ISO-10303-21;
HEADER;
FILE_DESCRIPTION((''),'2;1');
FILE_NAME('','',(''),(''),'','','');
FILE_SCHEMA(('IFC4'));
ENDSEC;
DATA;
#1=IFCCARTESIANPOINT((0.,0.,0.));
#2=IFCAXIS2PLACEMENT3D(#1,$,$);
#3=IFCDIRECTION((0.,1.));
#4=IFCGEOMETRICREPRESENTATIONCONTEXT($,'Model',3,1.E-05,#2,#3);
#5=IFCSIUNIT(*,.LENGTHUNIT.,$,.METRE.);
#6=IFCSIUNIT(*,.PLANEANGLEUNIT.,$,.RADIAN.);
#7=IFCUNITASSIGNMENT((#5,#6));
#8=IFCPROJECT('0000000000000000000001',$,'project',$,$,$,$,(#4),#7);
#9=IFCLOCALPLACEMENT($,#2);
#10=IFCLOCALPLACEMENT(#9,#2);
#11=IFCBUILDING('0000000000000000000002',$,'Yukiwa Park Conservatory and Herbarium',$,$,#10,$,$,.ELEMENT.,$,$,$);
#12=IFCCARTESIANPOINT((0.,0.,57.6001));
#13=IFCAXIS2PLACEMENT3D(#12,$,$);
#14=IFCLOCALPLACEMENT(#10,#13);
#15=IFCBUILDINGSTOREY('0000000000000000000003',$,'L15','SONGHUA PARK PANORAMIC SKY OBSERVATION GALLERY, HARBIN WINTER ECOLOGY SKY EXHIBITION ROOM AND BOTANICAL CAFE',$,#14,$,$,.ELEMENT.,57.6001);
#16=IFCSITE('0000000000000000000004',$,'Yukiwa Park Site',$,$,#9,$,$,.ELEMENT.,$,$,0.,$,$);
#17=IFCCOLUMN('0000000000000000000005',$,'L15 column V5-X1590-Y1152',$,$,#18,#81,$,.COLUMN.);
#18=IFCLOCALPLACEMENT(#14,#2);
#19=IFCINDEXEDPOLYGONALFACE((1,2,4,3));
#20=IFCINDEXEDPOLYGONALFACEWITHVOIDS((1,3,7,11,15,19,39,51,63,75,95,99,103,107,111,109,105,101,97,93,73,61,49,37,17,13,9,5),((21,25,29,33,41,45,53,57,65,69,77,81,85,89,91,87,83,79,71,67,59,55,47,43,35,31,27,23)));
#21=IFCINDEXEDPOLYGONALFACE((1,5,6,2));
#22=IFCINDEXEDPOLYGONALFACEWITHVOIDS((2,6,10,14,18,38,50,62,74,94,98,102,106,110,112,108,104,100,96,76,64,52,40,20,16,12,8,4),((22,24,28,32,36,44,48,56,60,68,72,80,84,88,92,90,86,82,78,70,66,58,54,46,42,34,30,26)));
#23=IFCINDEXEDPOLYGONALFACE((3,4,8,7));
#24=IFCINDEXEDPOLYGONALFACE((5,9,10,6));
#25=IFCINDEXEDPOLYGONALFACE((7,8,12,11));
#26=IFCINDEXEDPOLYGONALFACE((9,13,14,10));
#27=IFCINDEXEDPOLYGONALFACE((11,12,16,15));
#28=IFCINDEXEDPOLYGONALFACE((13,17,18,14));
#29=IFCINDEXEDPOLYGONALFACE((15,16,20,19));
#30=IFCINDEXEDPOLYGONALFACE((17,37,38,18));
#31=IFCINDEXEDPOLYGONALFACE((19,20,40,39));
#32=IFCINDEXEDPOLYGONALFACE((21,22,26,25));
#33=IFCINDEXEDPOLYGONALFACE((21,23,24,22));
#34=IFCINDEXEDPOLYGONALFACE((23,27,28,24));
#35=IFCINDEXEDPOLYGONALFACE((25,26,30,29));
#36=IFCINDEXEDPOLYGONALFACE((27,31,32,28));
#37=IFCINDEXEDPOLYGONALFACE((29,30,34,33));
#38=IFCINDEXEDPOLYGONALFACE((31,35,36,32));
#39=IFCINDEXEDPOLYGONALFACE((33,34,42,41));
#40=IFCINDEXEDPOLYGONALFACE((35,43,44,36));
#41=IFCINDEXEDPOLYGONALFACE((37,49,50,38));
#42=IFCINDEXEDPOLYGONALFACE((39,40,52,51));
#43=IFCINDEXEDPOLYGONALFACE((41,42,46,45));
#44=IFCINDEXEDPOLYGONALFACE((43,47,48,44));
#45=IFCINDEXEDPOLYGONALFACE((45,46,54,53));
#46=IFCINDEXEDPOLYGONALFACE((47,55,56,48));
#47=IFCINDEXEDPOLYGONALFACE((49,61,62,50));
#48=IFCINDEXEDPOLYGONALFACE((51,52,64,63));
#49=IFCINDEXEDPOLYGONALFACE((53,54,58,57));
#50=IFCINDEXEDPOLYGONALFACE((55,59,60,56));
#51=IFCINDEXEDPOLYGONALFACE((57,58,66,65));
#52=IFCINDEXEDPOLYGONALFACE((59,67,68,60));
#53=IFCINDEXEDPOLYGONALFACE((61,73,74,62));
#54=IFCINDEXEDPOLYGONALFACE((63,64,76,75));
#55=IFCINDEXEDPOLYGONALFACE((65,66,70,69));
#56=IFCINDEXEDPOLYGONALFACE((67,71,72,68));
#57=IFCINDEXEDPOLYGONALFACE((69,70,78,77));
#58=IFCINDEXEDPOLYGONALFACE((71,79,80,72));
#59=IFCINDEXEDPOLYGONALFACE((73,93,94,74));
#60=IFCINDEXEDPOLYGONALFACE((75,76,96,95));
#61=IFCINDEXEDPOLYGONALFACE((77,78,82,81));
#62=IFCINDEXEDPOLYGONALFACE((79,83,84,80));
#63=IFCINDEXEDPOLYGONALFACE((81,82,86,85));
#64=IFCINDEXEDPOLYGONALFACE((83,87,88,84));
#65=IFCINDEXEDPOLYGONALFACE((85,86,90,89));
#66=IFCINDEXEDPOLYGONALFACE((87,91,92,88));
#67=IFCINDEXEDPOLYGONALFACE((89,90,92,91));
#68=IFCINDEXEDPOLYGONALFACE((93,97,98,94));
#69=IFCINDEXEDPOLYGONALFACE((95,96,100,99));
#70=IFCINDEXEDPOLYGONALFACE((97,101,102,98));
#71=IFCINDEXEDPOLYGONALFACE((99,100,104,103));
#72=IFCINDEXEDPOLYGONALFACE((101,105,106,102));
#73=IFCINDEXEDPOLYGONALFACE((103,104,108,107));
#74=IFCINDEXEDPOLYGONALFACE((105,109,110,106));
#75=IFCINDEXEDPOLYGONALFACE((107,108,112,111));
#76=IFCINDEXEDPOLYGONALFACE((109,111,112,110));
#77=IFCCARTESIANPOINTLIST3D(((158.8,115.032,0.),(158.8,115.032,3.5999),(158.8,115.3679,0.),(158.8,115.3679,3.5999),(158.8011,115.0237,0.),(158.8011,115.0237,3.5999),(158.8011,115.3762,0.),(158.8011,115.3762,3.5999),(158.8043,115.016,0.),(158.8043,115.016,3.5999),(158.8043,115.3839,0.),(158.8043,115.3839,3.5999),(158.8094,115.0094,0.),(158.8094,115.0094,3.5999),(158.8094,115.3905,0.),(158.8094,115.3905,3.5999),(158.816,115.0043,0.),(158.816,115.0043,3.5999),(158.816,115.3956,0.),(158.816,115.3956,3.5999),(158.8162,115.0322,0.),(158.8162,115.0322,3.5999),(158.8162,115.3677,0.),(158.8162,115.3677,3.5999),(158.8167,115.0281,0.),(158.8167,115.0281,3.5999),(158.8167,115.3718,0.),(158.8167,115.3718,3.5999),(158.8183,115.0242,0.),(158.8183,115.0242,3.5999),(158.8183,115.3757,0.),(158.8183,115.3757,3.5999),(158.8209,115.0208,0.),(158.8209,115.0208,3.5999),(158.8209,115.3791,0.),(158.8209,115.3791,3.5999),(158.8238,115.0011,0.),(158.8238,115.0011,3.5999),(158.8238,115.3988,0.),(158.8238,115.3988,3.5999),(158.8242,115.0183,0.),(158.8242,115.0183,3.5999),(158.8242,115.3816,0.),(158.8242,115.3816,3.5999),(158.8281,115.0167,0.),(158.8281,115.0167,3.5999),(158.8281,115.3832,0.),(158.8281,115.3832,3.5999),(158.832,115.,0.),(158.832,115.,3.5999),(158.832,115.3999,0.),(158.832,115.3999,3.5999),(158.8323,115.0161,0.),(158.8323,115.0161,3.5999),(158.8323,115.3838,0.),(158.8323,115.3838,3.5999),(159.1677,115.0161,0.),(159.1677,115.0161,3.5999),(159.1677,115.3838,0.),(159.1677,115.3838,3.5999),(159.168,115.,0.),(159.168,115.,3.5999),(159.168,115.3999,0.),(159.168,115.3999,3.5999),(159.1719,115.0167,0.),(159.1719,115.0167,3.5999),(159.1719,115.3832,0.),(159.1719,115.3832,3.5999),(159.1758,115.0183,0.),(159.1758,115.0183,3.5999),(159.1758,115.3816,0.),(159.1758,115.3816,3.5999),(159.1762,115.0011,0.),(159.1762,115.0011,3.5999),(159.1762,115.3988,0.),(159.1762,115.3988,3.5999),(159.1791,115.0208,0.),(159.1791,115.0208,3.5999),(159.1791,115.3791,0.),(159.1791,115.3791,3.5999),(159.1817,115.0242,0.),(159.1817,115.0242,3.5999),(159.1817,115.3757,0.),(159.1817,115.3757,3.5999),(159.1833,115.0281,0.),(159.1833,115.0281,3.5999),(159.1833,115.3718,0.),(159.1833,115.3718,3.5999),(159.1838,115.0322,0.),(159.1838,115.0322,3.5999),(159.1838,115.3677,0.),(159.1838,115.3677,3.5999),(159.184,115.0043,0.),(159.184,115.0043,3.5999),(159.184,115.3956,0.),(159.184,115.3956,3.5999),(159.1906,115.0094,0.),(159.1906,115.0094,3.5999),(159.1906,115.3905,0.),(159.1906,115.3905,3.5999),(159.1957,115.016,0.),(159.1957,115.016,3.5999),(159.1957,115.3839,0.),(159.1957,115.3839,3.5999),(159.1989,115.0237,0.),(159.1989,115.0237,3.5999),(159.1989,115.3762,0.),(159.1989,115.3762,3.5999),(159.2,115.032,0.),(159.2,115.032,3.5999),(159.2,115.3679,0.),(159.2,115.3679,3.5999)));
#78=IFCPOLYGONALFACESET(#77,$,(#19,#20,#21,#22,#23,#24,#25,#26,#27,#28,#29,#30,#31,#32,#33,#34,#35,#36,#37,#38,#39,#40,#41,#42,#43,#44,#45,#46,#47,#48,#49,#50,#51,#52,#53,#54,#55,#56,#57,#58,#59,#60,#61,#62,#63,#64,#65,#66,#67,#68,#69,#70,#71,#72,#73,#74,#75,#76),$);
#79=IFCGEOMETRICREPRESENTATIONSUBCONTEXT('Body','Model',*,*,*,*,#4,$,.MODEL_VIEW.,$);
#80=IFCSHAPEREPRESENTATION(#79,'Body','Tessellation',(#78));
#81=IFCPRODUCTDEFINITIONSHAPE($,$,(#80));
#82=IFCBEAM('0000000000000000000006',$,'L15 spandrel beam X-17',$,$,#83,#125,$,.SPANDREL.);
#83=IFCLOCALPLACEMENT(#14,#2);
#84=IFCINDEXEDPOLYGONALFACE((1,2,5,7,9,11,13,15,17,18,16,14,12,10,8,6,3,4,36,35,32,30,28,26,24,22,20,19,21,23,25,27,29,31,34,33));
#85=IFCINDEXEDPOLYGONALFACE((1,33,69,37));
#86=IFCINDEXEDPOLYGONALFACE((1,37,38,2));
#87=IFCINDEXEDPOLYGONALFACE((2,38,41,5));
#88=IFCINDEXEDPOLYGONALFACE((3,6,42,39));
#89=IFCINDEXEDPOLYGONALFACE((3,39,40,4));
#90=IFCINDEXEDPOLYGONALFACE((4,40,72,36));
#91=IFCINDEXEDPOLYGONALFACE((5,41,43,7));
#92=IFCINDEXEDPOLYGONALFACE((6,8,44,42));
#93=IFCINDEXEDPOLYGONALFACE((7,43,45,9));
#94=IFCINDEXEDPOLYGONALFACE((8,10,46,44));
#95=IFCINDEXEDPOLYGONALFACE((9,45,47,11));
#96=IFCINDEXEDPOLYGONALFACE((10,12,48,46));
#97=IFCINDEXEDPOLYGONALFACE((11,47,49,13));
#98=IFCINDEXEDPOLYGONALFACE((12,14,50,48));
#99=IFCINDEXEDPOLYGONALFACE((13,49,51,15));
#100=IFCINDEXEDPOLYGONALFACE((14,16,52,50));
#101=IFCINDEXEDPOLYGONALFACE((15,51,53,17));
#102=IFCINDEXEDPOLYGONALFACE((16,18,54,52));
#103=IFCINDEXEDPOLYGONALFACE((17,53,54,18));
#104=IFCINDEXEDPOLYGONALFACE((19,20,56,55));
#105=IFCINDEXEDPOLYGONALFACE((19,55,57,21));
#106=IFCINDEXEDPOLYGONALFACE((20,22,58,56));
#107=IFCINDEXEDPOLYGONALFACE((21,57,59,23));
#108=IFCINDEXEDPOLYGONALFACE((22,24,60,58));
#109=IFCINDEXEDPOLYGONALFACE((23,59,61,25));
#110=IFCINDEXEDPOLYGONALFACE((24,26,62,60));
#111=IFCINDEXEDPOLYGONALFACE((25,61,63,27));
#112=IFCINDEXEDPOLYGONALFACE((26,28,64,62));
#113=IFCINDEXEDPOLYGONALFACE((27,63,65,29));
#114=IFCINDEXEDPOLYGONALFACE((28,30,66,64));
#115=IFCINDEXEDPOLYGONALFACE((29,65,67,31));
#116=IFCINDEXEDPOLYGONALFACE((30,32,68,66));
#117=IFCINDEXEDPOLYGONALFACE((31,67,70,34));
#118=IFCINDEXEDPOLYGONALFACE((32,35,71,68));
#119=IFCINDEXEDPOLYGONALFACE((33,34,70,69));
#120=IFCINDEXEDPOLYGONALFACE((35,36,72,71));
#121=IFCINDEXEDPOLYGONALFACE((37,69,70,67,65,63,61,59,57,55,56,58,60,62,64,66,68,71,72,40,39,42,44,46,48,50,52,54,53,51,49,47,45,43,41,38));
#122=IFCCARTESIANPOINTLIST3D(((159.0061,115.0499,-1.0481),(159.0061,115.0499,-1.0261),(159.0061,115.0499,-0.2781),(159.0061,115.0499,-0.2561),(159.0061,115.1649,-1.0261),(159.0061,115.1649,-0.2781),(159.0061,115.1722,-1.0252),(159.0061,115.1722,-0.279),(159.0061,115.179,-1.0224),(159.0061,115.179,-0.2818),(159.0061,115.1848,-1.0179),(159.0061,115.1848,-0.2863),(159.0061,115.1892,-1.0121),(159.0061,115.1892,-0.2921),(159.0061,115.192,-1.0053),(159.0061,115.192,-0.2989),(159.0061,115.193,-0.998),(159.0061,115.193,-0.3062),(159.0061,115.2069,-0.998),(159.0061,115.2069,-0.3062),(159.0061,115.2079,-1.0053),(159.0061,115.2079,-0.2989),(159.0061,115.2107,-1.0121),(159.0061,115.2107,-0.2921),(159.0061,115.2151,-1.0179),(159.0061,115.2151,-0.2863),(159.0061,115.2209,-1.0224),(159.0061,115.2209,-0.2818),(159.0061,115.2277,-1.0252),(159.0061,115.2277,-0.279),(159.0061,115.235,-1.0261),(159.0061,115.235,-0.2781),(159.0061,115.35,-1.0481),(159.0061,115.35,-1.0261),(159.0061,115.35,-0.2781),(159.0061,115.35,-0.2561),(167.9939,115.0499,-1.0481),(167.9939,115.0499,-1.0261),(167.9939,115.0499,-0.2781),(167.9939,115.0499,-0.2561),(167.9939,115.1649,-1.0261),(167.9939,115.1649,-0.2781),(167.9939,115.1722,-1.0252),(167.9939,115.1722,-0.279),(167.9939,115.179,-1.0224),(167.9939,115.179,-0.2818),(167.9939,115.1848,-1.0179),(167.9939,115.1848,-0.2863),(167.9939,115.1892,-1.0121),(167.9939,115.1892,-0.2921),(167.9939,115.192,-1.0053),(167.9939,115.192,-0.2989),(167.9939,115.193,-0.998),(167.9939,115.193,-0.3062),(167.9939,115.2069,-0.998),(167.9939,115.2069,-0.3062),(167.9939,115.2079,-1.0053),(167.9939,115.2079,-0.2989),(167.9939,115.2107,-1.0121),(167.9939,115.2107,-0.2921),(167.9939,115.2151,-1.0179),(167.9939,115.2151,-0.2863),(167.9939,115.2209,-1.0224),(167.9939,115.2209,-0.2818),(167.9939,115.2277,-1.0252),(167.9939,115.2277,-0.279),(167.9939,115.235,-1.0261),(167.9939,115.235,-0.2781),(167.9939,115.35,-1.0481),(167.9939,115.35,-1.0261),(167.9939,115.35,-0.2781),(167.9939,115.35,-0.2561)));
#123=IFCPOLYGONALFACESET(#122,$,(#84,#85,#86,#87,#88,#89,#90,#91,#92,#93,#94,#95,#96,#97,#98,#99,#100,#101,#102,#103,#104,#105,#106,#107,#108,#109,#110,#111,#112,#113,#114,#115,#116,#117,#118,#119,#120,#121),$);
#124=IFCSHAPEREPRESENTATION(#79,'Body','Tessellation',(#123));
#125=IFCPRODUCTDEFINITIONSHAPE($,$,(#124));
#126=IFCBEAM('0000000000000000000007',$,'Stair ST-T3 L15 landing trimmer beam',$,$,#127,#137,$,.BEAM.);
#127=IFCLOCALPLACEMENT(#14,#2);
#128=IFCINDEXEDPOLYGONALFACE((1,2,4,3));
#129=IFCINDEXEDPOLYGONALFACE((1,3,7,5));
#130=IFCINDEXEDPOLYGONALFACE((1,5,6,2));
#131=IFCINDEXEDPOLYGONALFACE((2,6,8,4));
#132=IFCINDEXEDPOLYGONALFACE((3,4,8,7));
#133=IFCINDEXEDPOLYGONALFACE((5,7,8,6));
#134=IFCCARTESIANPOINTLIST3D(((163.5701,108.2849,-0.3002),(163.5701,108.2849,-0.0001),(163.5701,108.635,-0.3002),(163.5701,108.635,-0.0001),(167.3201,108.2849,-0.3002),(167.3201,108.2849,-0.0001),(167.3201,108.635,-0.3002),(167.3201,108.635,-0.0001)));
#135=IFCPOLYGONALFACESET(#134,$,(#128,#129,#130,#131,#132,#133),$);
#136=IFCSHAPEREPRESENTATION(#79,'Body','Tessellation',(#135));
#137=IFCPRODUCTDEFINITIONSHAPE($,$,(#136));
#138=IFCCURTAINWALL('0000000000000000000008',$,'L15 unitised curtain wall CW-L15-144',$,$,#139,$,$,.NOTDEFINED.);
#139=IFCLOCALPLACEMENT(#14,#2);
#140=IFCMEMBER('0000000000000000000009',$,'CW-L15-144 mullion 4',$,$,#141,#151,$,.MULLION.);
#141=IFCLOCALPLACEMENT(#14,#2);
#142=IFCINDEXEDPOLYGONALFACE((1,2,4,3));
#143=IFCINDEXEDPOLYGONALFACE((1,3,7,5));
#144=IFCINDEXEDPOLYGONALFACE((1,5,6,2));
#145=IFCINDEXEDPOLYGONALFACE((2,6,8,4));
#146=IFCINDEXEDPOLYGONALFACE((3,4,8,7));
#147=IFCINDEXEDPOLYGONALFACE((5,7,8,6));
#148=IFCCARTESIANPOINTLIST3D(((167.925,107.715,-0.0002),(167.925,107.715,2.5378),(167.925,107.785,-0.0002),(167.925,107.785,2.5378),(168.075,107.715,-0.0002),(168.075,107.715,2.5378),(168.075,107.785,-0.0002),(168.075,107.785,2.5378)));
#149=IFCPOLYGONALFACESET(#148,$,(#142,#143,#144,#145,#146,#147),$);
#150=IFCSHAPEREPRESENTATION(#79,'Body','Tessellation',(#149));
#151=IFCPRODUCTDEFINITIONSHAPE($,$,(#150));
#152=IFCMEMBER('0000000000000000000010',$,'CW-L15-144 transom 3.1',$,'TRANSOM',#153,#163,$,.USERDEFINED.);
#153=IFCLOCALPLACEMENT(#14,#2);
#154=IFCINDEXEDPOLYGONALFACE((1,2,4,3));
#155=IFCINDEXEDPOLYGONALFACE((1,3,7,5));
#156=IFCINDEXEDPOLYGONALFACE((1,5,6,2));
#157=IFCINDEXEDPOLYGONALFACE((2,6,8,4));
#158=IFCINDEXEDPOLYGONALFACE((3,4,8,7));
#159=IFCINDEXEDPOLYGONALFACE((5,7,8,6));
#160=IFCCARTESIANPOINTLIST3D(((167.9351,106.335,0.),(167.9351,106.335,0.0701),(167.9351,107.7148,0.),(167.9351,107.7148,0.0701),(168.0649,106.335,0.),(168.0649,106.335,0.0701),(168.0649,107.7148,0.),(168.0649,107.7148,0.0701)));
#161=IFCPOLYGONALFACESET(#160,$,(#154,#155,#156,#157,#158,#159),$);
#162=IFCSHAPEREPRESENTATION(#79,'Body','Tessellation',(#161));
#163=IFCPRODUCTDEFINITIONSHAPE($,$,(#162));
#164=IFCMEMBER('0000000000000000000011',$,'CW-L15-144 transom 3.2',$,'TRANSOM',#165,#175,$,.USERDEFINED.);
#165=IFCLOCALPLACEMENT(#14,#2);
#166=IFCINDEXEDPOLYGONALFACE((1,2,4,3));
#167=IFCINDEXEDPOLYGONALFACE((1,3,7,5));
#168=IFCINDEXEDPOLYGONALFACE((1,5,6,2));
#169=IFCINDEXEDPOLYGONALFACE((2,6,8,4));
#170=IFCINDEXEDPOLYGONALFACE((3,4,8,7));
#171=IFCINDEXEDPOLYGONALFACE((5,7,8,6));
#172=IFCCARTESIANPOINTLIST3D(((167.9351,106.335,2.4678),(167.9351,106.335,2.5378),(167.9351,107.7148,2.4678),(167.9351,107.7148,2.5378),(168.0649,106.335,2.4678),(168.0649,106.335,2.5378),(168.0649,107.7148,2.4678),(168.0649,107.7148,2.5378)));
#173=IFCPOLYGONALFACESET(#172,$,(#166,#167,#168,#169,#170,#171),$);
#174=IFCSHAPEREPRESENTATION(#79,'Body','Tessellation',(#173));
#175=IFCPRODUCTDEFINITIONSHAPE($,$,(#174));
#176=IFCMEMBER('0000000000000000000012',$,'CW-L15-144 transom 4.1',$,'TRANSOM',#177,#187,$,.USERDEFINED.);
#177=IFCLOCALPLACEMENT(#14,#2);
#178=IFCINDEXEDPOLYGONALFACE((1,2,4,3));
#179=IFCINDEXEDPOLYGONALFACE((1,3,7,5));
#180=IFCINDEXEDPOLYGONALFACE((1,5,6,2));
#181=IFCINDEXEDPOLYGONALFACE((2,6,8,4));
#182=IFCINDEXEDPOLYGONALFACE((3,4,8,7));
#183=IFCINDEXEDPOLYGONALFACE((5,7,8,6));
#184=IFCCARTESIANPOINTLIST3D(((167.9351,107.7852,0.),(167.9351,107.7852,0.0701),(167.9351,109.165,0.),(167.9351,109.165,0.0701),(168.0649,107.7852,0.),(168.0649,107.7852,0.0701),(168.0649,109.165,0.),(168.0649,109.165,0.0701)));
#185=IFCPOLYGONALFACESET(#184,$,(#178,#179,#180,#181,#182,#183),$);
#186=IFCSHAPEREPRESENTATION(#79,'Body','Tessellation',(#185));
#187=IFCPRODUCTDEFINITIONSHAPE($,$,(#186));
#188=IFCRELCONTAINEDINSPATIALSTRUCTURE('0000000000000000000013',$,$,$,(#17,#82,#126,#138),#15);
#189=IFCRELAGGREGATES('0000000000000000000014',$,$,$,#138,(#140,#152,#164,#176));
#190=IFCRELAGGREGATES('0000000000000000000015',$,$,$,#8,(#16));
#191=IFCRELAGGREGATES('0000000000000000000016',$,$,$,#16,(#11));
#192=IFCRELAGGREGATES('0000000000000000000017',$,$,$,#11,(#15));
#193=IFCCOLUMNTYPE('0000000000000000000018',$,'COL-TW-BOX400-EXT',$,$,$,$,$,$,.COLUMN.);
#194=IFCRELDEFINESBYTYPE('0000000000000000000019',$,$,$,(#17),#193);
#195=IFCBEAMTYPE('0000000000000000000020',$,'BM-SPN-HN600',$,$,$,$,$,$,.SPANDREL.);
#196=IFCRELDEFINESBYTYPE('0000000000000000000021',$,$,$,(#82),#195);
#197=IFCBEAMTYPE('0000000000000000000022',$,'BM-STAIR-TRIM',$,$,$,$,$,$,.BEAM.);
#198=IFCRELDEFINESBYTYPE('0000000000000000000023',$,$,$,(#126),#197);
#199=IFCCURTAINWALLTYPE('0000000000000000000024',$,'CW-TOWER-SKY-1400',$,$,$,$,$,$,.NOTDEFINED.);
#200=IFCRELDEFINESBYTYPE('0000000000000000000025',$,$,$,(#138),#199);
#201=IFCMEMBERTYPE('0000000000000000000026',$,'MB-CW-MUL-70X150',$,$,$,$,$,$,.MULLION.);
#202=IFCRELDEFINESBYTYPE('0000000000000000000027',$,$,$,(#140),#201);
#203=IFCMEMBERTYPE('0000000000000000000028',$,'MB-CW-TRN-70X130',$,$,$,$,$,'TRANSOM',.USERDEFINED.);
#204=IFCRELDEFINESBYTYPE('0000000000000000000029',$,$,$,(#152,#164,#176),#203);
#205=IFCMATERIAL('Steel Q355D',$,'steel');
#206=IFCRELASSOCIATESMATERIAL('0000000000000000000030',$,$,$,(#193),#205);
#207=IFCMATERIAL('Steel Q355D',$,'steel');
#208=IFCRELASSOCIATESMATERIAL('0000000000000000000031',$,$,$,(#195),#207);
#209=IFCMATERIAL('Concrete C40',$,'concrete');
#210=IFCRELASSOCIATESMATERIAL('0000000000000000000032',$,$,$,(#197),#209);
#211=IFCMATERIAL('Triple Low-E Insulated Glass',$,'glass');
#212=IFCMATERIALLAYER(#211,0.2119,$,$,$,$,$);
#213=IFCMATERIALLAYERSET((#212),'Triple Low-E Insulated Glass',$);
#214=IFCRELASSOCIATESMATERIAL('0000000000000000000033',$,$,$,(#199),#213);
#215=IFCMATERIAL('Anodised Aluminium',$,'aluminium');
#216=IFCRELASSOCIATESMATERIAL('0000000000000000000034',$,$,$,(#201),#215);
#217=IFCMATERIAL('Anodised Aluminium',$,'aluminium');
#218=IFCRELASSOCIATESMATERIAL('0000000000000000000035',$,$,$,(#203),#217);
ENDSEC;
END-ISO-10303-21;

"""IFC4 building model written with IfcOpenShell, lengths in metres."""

from ifc_helpers import new_model, si_unit, direction, frame, origin, origin_2d, place, context, subcontext, project, spatial, rectangle, hollow_rectangle, i_section, extrude, material, layer, layer_set, material_profile, profile_set, type_object, element, aggregate, save


model = new_model("IFC4")

# Units and contexts
model_context = context("Model", 3, precision=1e-05, world=origin(), true_north=direction((0.0, 1.0)))
body_context = subcontext(model_context, "Body", "Model", "MODEL_VIEW")
ifc_project = project(units=[si_unit("LENGTHUNIT", "METRE"), si_unit("PLANEANGLEUNIT", "RADIAN")], contexts=[model_context])

# Site, building, storey
site_placement = place(None, origin())
site = spatial("IfcSite", under=ifc_project, at=site_placement, Name="Yukiwa Park Site", CompositionType="ELEMENT", RefElevation=0.0)
building_placement = place(site_placement, origin())
building = spatial("IfcBuilding", under=site, at=building_placement, Name="Yukiwa Park Conservatory and Herbarium", CompositionType="ELEMENT")
storey_placement = place(building_placement, frame((0.0, 0.0, 57.6001)))
storey = spatial("IfcBuildingStorey", under=building, at=storey_placement, Name="L15", Description="SONGHUA PARK PANORAMIC SKY OBSERVATION GALLERY, HARBIN WINTER ECOLOGY SKY EXHIBITION ROOM AND BOTANICAL CAFE", CompositionType="ELEMENT", Elevation=57.6001)

# Column
ifc_material_1 = material(Name="Steel Q355D", Category="steel")
ifc_material_profile_1 = material_profile(ifc_material_1, hollow_rectangle(XDim=0.3999, YDim=0.3999, WallThickness=0.0161, InnerFilletRadius=0.0161, OuterFilletRadius=0.032, at=origin_2d()), Name="BOX 400x400x16")
ifc_profile_set_1 = profile_set([ifc_material_profile_1], Name="Steel Q355D")
column_type = type_object("IfcColumnType", Name="COL-TW-BOX400-EXT", PredefinedType="COLUMN", material=ifc_profile_set_1)
column_placement = place(storey_placement, frame((159.0, 115.2, 0.0), z_axis=(0.0, 0.0, 1.0), x_axis=(1.0, 0.0, 0.0)))
element("IfcColumn", 1, at=column_placement, inside=storey, type_object=column_type, Name="L15 column V5-X1590-Y1152", PredefinedType="COLUMN", context=body_context, shape_type="SweptSolid", body=[
    extrude(hollow_rectangle(XDim=0.3999, YDim=0.3999, WallThickness=0.0161, InnerFilletRadius=0.0161, OuterFilletRadius=0.032, at=origin_2d()), origin(), (0.0, 0.0, 1.0), 3.5999),
])

# Beams
ifc_material_2 = material(Name="Steel Q355D", Category="steel")
ifc_material_profile_2 = material_profile(ifc_material_2, i_section(OverallWidth=0.3, OverallDepth=0.792, WebThickness=0.0139, FlangeThickness=0.022, FilletRadius=0.0281, at=origin_2d()), Name="HN 792x300x14x22")
ifc_profile_set_2 = profile_set([ifc_material_profile_2], Name="Steel Q355D")
beam_type_1 = type_object("IfcBeamType", Name="BM-SPN-HN600", PredefinedType="SPANDREL", material=ifc_profile_set_2)
beam_1_placement = place(storey_placement, frame((159.0061, 115.2, -0.6521), z_axis=(1.0, 0.0, 0.0), x_axis=(0.0, 1.0, 0.0)))
element("IfcBeam", 2, at=beam_1_placement, inside=storey, type_object=beam_type_1, Name="L15 spandrel beam X-17", PredefinedType="SPANDREL", context=body_context, shape_type="SweptSolid", body=[
    extrude(i_section(OverallWidth=0.3, OverallDepth=0.792, WebThickness=0.0139, FlangeThickness=0.022, FilletRadius=0.0281, at=origin_2d()), origin(), (0.0, 0.0, 1.0), 8.9878),
])
ifc_material_3 = material(Name="Concrete C40", Category="concrete")
ifc_material_profile_3 = material_profile(ifc_material_3, rectangle(XDim=0.3501, YDim=0.3, at=origin_2d()), Name="RC 350x300")
ifc_profile_set_3 = profile_set([ifc_material_profile_3], Name="Concrete C40")
beam_type_2 = type_object("IfcBeamType", Name="BM-STAIR-TRIM", PredefinedType="BEAM", material=ifc_profile_set_3)
beam_2_placement = place(storey_placement, frame((163.5701, 108.46, -0.1501), z_axis=(1.0, 0.0, 0.0), x_axis=(0.0, 1.0, 0.0)))
element("IfcBeam", 3, at=beam_2_placement, inside=storey, type_object=beam_type_2, Name="Stair ST-T3 L15 landing trimmer beam", PredefinedType="BEAM", context=body_context, shape_type="SweptSolid", body=[
    extrude(rectangle(XDim=0.3501, YDim=0.3, at=origin_2d()), origin(), (0.0, 0.0, 1.0), 3.75),
])

# Curtain wall, members
ifc_material_4 = material(Name="Triple Low-E Insulated Glass", Category="glass")
ifc_layer_1 = layer(ifc_material_4, 0.2119)
ifc_layer_set_1 = layer_set([ifc_layer_1], Name="Triple Low-E Insulated Glass")
curtain_wall_type = type_object("IfcCurtainWallType", Name="CW-TOWER-SKY-1400", PredefinedType="NOTDEFINED", material=ifc_layer_set_1)
curtain_wall_placement = place(storey_placement, origin())
curtain_wall = element("IfcCurtainWall", 4, at=curtain_wall_placement, inside=storey, type_object=curtain_wall_type, Name="L15 unitised curtain wall CW-L15-144", PredefinedType="NOTDEFINED")
ifc_material_5 = material(Name="Anodised Aluminium", Category="aluminium")
member_type_1 = type_object("IfcMemberType", Name="MB-CW-MUL-70X150", PredefinedType="MULLION", material=ifc_material_5)
member_1_placement = place(storey_placement, frame((168.0, 107.75, -0.0002), z_axis=(0.0, 0.0, 1.0), x_axis=(0.0, 1.0, 0.0)))
member_1 = element("IfcMember", 5, at=member_1_placement, type_object=member_type_1, Name="CW-L15-144 mullion 4", PredefinedType="MULLION", context=body_context, shape_type="SweptSolid", body=[
    extrude(rectangle(XDim=0.0701, YDim=0.1499, at=origin_2d()), origin(), (0.0, 0.0, 1.0), 2.5381),
])
ifc_material_6 = material(Name="Anodised Aluminium", Category="aluminium")
member_type_2 = type_object("IfcMemberType", Name="MB-CW-TRN-70X130", ElementType="TRANSOM", PredefinedType="USERDEFINED", material=ifc_material_6)
member_2_placement = place(storey_placement, frame((168.0, 107.0249, 0.0), z_axis=(0.0, 0.0, 1.0), x_axis=(0.0, 1.0, 0.0)))
member_2 = element("IfcMember", 6, at=member_2_placement, type_object=member_type_2, Name="CW-L15-144 transom 3.1", ObjectType="TRANSOM", PredefinedType="USERDEFINED", context=body_context, shape_type="SweptSolid", body=[
    extrude(rectangle(XDim=1.3799, YDim=0.1299, at=origin_2d()), origin(), (0.0, 0.0, 1.0), 0.0701),
])
member_3_placement = place(storey_placement, frame((168.0, 107.0249, 2.4678), z_axis=(0.0, 0.0, 1.0), x_axis=(0.0, 1.0, 0.0)))
member_3 = element("IfcMember", 7, at=member_3_placement, type_object=member_type_2, Name="CW-L15-144 transom 3.2", ObjectType="TRANSOM", PredefinedType="USERDEFINED", context=body_context, shape_type="SweptSolid", body=[
    extrude(rectangle(XDim=1.3799, YDim=0.1299, at=origin_2d()), origin(), (0.0, 0.0, 1.0), 0.0701),
])
member_4_placement = place(storey_placement, frame((168.0, 108.4751, 0.0), z_axis=(0.0, 0.0, 1.0), x_axis=(0.0, 1.0, 0.0)))
member_4 = element("IfcMember", 8, at=member_4_placement, type_object=member_type_2, Name="CW-L15-144 transom 4.1", ObjectType="TRANSOM", PredefinedType="USERDEFINED", context=body_context, shape_type="SweptSolid", body=[
    extrude(rectangle(XDim=1.3799, YDim=0.1299, at=origin_2d()), origin(), (0.0, 0.0, 1.0), 0.0701),
])
aggregate(curtain_wall, [member_1, member_2, member_3, member_4])

save(model, "model.ifc")
